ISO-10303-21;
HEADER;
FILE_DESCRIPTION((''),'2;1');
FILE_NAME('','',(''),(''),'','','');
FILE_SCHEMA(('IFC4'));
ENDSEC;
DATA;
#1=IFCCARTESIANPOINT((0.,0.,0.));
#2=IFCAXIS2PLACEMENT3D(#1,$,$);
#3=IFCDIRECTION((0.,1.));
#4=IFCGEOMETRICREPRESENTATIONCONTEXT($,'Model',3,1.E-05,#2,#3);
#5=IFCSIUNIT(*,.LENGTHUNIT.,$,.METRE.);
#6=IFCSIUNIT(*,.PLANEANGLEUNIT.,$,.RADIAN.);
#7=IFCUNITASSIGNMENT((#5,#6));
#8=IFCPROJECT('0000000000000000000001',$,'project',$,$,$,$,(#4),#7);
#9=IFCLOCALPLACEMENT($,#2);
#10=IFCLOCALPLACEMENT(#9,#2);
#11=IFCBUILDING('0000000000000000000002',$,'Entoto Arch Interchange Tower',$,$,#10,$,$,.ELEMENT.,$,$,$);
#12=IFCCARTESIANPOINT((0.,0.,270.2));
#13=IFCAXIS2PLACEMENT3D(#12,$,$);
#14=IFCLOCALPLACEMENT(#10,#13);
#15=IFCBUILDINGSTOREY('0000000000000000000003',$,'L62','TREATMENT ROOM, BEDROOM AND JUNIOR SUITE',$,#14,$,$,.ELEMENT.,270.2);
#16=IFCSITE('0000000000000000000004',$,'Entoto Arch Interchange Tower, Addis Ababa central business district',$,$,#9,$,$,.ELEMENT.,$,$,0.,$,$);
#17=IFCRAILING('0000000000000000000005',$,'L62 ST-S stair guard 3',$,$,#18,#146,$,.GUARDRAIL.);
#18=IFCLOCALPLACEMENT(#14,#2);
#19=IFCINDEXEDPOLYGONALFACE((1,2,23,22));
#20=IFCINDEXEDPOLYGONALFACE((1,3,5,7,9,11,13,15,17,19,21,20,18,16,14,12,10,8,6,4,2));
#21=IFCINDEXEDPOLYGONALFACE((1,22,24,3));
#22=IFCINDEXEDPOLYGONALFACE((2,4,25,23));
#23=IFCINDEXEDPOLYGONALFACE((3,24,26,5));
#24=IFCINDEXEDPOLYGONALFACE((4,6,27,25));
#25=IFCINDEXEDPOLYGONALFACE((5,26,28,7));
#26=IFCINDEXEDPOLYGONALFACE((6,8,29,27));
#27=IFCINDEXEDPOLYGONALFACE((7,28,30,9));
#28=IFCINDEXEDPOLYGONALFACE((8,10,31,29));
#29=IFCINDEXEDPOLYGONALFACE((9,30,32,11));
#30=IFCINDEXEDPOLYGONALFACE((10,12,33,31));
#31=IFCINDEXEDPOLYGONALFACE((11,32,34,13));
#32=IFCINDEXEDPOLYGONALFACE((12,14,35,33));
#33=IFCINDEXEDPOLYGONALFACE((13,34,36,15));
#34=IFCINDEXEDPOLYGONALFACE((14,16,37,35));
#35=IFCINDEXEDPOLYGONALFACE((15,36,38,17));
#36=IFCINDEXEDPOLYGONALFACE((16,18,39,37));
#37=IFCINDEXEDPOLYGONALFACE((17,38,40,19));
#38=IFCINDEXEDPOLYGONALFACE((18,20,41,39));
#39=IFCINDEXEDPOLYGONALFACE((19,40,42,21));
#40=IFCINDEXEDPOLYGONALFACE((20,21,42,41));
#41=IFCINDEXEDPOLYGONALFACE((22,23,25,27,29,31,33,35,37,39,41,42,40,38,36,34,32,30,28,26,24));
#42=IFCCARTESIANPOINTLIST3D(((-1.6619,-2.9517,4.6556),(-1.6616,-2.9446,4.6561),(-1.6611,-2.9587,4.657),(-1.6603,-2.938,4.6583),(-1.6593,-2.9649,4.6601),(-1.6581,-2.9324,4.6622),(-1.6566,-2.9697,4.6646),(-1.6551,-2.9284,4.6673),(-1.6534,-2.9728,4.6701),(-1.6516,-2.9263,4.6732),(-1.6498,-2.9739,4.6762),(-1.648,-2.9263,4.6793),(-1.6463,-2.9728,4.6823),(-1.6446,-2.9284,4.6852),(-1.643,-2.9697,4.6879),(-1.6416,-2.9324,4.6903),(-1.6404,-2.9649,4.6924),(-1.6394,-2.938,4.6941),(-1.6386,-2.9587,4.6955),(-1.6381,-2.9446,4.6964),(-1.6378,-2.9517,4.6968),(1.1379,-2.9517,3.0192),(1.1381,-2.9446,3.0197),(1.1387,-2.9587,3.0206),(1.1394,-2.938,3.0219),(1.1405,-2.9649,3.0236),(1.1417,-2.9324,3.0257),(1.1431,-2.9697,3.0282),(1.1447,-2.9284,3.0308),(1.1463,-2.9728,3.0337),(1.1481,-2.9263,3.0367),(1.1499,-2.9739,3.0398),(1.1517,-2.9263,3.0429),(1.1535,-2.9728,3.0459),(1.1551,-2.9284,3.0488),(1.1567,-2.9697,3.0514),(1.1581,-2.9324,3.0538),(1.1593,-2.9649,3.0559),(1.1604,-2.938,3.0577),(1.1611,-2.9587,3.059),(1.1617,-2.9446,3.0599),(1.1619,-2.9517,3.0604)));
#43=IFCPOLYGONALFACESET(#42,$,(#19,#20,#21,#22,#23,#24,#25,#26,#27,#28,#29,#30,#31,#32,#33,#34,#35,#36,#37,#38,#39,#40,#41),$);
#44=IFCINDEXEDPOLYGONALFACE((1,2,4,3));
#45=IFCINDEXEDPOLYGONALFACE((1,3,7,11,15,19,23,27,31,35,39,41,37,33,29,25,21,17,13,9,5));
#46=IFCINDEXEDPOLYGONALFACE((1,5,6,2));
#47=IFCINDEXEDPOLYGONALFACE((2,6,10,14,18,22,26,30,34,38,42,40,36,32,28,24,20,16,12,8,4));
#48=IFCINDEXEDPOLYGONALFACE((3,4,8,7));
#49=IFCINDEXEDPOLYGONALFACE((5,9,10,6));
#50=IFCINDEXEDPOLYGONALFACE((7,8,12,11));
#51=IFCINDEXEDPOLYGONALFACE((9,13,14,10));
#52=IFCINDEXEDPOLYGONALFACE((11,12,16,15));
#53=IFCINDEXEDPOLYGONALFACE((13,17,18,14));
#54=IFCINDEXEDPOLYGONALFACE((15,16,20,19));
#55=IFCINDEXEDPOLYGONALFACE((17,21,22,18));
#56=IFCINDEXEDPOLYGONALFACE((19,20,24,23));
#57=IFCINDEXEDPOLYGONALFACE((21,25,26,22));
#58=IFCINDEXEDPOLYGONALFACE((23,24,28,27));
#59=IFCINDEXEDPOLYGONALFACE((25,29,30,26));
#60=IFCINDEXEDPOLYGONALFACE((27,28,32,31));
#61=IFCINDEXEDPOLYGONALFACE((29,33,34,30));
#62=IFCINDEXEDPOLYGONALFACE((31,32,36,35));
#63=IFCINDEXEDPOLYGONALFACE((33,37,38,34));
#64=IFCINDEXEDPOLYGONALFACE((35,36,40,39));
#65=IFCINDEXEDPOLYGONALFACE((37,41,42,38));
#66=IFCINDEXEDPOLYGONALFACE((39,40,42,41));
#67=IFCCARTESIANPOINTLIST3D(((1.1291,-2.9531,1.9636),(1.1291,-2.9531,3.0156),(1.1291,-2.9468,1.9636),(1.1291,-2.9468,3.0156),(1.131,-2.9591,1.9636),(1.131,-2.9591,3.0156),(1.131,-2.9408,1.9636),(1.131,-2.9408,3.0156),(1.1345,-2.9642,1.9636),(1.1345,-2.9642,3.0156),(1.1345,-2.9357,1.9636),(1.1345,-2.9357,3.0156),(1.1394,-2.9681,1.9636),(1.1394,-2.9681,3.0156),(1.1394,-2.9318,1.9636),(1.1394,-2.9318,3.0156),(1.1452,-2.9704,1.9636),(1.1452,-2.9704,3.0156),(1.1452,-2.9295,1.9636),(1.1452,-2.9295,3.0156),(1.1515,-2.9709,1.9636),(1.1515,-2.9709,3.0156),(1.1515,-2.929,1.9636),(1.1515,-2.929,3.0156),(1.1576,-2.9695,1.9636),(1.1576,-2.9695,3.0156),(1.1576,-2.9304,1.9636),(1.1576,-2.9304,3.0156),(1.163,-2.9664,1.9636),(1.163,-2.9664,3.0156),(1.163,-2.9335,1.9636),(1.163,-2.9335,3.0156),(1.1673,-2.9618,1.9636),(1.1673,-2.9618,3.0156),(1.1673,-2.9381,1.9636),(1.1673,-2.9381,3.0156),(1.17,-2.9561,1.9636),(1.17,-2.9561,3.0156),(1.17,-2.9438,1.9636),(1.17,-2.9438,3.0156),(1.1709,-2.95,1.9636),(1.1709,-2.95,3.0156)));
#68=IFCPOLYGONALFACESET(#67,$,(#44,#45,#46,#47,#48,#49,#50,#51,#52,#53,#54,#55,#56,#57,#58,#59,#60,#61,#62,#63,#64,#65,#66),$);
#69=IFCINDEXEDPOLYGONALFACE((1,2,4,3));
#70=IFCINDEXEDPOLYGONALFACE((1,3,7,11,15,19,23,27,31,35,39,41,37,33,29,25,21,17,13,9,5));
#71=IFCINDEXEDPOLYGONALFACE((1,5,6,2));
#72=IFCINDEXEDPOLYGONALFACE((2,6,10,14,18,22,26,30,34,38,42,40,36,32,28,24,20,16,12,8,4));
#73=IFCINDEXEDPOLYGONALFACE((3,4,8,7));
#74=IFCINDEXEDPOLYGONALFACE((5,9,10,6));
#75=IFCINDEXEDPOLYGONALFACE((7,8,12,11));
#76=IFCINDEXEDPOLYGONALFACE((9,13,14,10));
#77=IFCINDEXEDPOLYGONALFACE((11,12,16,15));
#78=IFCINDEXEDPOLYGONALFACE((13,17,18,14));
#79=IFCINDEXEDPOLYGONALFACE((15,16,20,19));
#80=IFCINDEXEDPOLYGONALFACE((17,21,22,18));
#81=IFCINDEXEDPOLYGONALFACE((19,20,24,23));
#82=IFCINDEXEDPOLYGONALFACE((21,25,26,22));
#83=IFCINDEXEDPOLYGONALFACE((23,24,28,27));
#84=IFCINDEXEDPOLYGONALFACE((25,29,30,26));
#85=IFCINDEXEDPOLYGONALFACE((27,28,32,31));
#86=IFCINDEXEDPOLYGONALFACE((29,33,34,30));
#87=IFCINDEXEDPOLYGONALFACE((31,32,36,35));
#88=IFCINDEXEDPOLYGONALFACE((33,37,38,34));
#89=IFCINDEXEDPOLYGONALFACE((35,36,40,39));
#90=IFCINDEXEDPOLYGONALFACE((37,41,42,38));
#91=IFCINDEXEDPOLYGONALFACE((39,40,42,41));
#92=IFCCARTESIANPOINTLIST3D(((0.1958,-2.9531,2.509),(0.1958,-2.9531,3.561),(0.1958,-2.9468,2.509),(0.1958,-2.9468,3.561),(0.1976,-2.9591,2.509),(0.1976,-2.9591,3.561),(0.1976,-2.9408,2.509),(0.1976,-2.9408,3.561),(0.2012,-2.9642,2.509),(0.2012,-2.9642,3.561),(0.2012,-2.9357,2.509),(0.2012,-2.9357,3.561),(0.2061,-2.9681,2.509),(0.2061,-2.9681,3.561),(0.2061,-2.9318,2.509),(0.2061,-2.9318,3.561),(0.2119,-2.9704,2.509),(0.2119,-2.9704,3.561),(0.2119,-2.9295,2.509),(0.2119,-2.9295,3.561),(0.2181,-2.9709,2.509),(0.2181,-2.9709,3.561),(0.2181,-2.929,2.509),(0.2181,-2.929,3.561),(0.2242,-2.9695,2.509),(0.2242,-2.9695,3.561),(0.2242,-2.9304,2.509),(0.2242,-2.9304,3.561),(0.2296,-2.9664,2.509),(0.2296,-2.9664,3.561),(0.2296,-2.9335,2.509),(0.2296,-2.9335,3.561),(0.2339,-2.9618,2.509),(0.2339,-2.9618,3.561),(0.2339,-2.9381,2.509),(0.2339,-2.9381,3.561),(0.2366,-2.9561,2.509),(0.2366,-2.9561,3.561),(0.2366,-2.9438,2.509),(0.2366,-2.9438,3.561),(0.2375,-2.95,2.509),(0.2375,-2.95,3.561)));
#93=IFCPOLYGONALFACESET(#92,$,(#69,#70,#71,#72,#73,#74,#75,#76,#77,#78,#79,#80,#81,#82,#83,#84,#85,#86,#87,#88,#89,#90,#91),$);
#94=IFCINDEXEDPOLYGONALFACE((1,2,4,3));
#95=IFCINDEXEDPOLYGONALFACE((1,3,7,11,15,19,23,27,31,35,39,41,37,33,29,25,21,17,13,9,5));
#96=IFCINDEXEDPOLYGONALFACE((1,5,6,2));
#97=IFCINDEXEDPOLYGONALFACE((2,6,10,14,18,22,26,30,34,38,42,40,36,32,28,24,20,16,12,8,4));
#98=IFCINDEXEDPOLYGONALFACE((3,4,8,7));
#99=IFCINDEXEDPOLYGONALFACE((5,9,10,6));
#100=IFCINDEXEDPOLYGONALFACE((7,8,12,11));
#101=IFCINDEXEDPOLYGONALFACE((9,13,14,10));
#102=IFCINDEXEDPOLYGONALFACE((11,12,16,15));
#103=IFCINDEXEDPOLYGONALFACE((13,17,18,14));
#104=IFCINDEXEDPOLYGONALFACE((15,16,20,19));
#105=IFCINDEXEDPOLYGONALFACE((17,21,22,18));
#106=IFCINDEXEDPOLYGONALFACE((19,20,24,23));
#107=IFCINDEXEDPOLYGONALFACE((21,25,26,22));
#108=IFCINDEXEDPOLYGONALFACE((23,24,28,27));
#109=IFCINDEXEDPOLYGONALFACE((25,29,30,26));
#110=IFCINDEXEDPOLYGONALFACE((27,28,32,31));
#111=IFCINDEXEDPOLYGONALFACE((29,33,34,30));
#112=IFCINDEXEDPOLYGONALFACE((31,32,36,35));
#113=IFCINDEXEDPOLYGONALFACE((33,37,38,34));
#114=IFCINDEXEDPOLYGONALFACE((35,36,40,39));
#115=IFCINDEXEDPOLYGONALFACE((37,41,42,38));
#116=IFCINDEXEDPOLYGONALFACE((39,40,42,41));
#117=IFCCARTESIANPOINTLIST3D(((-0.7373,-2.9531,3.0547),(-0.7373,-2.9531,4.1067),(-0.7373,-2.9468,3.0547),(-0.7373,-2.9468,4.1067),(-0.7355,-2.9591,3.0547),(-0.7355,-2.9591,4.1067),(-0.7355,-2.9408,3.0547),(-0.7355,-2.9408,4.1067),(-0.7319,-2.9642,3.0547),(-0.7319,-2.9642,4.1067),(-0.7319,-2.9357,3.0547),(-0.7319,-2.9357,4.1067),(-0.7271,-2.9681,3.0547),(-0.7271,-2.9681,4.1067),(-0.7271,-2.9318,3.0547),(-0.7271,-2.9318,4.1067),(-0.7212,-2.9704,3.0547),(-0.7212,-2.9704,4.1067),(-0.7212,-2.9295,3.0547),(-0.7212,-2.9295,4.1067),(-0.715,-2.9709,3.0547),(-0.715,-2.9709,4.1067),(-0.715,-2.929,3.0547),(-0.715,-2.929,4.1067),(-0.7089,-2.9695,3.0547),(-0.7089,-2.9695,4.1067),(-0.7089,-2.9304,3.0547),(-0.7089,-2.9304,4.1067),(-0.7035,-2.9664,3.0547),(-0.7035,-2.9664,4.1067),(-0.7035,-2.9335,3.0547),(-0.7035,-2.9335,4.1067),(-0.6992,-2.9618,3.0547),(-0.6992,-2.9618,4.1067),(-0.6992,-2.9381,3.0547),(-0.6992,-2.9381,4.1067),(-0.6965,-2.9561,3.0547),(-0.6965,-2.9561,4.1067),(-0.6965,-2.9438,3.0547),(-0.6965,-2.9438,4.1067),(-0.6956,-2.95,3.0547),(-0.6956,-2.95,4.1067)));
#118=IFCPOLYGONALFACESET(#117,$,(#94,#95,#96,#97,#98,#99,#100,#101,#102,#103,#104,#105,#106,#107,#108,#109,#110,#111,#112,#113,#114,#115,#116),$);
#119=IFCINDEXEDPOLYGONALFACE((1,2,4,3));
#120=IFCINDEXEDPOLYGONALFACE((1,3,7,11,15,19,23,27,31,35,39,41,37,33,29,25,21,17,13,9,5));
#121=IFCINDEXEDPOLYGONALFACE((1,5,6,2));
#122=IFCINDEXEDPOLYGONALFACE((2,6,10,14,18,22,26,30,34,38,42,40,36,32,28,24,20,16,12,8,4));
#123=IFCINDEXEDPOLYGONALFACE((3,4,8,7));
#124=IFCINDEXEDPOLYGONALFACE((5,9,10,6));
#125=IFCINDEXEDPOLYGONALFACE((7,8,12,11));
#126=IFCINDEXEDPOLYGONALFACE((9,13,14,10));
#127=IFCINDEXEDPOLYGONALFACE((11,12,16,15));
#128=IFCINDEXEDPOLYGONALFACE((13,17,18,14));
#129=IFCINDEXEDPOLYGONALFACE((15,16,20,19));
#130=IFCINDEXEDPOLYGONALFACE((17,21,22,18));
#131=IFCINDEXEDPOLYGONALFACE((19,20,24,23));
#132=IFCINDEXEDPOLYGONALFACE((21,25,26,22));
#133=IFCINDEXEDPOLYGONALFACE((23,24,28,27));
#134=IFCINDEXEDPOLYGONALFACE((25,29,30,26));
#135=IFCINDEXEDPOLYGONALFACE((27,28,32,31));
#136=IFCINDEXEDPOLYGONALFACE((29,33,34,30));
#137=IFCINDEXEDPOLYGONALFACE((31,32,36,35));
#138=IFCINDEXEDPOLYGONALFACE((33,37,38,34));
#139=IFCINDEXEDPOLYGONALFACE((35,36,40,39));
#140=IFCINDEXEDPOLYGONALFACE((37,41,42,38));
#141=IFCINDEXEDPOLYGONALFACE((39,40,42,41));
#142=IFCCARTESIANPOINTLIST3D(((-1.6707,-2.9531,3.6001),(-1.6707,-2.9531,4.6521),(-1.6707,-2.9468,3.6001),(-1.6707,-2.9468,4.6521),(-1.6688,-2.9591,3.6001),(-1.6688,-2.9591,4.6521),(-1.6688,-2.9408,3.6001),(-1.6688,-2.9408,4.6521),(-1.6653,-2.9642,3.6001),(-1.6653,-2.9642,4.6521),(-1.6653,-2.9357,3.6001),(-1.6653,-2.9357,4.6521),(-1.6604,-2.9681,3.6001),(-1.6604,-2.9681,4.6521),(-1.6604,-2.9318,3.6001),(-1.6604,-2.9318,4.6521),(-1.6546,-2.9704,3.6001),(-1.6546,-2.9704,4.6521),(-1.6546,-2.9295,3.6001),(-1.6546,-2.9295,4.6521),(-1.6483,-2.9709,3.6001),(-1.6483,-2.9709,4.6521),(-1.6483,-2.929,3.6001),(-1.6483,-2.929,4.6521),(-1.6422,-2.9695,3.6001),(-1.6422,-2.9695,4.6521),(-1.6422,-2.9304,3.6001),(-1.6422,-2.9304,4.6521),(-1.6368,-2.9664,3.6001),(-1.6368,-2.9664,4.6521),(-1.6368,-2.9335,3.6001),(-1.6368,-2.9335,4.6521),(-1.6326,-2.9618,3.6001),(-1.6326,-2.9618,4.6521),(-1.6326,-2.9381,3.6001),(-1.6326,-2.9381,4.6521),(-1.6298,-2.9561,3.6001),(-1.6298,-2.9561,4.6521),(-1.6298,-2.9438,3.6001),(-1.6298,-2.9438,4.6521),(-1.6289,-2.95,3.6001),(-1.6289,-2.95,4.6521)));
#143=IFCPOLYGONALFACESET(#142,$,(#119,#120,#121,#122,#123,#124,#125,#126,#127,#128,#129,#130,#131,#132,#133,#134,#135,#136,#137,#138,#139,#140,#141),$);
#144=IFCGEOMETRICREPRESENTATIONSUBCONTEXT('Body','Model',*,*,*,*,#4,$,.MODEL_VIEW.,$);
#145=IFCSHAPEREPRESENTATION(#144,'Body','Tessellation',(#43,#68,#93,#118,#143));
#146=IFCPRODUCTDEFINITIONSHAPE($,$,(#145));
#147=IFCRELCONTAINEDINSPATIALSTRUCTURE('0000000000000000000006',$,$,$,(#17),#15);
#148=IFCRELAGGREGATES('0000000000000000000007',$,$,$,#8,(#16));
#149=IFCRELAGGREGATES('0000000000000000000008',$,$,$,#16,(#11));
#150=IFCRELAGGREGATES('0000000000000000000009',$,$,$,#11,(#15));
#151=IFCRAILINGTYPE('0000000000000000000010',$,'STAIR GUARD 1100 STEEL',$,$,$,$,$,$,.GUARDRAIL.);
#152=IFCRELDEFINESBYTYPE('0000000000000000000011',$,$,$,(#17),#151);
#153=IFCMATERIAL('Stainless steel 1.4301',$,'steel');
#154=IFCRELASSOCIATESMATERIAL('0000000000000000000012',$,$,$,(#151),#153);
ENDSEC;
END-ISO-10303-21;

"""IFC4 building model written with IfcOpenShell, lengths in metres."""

from ifc_helpers import new_model, si_unit, direction, frame, origin, origin_2d, place, context, subcontext, project, spatial, circle, extrude, material, type_object, element, save


model = new_model("IFC4")

# Units and contexts
model_context = context("Model", 3, precision=1e-05, world=origin(), true_north=direction((0.0, 1.0)))
body_context = subcontext(model_context, "Body", "Model", "MODEL_VIEW")
ifc_project = project(units=[si_unit("LENGTHUNIT", "METRE"), si_unit("PLANEANGLEUNIT", "RADIAN")], contexts=[model_context])

# Site, building, storey
site_placement = place(None, origin())
site = spatial("IfcSite", under=ifc_project, at=site_placement, Name="Entoto Arch Interchange Tower, Addis Ababa central business district", CompositionType="ELEMENT", RefElevation=0.0)
building_placement = place(site_placement, origin())
building = spatial("IfcBuilding", under=site, at=building_placement, Name="Entoto Arch Interchange Tower", CompositionType="ELEMENT")
storey_placement = place(building_placement, frame((0.0, 0.0, 270.2)))
storey = spatial("IfcBuildingStorey", under=building, at=storey_placement, Name="L62", Description="TREATMENT ROOM, BEDROOM AND JUNIOR SUITE", CompositionType="ELEMENT", Elevation=270.2)

# Railing
ifc_material_1 = material(Name="Stainless steel 1.4301", Category="steel")
railing_type_1 = type_object("IfcRailingType", Name="STAIR GUARD 1100 STEEL", PredefinedType="GUARDRAIL", material=ifc_material_1)
railing_1_placement = place(storey_placement, frame((1.1499, -2.95, 1.9636)))
element("IfcRailing", 1, at=railing_1_placement, inside=storey, type_object=railing_type_1, Name="L62 ST-S stair guard 3", PredefinedType="GUARDRAIL", context=body_context, shape_type="SweptSolid", body=[
    extrude(circle(Radius=0.0239, at=origin_2d()), frame((0.0, 0.0, 1.0762), z_axis=(-0.863342, 0.0, 0.50462), x_axis=(0.0, -1.0, 0.0)), (0.0, 0.0, 1.0), 3.2429),
    extrude(circle(Radius=0.021, at=origin_2d()), origin(), (0.0, 0.0, 1.0), 1.052),
    extrude(circle(Radius=0.021, at=origin_2d()), frame((-0.9333, 0.0, 0.5454)), (0.0, 0.0, 1.0), 1.052),
    extrude(circle(Radius=0.021, at=origin_2d()), frame((-1.8665, 0.0, 1.0911)), (0.0, 0.0, 1.0), 1.052),
    extrude(circle(Radius=0.021, at=origin_2d()), frame((-2.7998, 0.0, 1.6365)), (0.0, 0.0, 1.0), 1.052),
])

save(model, "model.ifc")
